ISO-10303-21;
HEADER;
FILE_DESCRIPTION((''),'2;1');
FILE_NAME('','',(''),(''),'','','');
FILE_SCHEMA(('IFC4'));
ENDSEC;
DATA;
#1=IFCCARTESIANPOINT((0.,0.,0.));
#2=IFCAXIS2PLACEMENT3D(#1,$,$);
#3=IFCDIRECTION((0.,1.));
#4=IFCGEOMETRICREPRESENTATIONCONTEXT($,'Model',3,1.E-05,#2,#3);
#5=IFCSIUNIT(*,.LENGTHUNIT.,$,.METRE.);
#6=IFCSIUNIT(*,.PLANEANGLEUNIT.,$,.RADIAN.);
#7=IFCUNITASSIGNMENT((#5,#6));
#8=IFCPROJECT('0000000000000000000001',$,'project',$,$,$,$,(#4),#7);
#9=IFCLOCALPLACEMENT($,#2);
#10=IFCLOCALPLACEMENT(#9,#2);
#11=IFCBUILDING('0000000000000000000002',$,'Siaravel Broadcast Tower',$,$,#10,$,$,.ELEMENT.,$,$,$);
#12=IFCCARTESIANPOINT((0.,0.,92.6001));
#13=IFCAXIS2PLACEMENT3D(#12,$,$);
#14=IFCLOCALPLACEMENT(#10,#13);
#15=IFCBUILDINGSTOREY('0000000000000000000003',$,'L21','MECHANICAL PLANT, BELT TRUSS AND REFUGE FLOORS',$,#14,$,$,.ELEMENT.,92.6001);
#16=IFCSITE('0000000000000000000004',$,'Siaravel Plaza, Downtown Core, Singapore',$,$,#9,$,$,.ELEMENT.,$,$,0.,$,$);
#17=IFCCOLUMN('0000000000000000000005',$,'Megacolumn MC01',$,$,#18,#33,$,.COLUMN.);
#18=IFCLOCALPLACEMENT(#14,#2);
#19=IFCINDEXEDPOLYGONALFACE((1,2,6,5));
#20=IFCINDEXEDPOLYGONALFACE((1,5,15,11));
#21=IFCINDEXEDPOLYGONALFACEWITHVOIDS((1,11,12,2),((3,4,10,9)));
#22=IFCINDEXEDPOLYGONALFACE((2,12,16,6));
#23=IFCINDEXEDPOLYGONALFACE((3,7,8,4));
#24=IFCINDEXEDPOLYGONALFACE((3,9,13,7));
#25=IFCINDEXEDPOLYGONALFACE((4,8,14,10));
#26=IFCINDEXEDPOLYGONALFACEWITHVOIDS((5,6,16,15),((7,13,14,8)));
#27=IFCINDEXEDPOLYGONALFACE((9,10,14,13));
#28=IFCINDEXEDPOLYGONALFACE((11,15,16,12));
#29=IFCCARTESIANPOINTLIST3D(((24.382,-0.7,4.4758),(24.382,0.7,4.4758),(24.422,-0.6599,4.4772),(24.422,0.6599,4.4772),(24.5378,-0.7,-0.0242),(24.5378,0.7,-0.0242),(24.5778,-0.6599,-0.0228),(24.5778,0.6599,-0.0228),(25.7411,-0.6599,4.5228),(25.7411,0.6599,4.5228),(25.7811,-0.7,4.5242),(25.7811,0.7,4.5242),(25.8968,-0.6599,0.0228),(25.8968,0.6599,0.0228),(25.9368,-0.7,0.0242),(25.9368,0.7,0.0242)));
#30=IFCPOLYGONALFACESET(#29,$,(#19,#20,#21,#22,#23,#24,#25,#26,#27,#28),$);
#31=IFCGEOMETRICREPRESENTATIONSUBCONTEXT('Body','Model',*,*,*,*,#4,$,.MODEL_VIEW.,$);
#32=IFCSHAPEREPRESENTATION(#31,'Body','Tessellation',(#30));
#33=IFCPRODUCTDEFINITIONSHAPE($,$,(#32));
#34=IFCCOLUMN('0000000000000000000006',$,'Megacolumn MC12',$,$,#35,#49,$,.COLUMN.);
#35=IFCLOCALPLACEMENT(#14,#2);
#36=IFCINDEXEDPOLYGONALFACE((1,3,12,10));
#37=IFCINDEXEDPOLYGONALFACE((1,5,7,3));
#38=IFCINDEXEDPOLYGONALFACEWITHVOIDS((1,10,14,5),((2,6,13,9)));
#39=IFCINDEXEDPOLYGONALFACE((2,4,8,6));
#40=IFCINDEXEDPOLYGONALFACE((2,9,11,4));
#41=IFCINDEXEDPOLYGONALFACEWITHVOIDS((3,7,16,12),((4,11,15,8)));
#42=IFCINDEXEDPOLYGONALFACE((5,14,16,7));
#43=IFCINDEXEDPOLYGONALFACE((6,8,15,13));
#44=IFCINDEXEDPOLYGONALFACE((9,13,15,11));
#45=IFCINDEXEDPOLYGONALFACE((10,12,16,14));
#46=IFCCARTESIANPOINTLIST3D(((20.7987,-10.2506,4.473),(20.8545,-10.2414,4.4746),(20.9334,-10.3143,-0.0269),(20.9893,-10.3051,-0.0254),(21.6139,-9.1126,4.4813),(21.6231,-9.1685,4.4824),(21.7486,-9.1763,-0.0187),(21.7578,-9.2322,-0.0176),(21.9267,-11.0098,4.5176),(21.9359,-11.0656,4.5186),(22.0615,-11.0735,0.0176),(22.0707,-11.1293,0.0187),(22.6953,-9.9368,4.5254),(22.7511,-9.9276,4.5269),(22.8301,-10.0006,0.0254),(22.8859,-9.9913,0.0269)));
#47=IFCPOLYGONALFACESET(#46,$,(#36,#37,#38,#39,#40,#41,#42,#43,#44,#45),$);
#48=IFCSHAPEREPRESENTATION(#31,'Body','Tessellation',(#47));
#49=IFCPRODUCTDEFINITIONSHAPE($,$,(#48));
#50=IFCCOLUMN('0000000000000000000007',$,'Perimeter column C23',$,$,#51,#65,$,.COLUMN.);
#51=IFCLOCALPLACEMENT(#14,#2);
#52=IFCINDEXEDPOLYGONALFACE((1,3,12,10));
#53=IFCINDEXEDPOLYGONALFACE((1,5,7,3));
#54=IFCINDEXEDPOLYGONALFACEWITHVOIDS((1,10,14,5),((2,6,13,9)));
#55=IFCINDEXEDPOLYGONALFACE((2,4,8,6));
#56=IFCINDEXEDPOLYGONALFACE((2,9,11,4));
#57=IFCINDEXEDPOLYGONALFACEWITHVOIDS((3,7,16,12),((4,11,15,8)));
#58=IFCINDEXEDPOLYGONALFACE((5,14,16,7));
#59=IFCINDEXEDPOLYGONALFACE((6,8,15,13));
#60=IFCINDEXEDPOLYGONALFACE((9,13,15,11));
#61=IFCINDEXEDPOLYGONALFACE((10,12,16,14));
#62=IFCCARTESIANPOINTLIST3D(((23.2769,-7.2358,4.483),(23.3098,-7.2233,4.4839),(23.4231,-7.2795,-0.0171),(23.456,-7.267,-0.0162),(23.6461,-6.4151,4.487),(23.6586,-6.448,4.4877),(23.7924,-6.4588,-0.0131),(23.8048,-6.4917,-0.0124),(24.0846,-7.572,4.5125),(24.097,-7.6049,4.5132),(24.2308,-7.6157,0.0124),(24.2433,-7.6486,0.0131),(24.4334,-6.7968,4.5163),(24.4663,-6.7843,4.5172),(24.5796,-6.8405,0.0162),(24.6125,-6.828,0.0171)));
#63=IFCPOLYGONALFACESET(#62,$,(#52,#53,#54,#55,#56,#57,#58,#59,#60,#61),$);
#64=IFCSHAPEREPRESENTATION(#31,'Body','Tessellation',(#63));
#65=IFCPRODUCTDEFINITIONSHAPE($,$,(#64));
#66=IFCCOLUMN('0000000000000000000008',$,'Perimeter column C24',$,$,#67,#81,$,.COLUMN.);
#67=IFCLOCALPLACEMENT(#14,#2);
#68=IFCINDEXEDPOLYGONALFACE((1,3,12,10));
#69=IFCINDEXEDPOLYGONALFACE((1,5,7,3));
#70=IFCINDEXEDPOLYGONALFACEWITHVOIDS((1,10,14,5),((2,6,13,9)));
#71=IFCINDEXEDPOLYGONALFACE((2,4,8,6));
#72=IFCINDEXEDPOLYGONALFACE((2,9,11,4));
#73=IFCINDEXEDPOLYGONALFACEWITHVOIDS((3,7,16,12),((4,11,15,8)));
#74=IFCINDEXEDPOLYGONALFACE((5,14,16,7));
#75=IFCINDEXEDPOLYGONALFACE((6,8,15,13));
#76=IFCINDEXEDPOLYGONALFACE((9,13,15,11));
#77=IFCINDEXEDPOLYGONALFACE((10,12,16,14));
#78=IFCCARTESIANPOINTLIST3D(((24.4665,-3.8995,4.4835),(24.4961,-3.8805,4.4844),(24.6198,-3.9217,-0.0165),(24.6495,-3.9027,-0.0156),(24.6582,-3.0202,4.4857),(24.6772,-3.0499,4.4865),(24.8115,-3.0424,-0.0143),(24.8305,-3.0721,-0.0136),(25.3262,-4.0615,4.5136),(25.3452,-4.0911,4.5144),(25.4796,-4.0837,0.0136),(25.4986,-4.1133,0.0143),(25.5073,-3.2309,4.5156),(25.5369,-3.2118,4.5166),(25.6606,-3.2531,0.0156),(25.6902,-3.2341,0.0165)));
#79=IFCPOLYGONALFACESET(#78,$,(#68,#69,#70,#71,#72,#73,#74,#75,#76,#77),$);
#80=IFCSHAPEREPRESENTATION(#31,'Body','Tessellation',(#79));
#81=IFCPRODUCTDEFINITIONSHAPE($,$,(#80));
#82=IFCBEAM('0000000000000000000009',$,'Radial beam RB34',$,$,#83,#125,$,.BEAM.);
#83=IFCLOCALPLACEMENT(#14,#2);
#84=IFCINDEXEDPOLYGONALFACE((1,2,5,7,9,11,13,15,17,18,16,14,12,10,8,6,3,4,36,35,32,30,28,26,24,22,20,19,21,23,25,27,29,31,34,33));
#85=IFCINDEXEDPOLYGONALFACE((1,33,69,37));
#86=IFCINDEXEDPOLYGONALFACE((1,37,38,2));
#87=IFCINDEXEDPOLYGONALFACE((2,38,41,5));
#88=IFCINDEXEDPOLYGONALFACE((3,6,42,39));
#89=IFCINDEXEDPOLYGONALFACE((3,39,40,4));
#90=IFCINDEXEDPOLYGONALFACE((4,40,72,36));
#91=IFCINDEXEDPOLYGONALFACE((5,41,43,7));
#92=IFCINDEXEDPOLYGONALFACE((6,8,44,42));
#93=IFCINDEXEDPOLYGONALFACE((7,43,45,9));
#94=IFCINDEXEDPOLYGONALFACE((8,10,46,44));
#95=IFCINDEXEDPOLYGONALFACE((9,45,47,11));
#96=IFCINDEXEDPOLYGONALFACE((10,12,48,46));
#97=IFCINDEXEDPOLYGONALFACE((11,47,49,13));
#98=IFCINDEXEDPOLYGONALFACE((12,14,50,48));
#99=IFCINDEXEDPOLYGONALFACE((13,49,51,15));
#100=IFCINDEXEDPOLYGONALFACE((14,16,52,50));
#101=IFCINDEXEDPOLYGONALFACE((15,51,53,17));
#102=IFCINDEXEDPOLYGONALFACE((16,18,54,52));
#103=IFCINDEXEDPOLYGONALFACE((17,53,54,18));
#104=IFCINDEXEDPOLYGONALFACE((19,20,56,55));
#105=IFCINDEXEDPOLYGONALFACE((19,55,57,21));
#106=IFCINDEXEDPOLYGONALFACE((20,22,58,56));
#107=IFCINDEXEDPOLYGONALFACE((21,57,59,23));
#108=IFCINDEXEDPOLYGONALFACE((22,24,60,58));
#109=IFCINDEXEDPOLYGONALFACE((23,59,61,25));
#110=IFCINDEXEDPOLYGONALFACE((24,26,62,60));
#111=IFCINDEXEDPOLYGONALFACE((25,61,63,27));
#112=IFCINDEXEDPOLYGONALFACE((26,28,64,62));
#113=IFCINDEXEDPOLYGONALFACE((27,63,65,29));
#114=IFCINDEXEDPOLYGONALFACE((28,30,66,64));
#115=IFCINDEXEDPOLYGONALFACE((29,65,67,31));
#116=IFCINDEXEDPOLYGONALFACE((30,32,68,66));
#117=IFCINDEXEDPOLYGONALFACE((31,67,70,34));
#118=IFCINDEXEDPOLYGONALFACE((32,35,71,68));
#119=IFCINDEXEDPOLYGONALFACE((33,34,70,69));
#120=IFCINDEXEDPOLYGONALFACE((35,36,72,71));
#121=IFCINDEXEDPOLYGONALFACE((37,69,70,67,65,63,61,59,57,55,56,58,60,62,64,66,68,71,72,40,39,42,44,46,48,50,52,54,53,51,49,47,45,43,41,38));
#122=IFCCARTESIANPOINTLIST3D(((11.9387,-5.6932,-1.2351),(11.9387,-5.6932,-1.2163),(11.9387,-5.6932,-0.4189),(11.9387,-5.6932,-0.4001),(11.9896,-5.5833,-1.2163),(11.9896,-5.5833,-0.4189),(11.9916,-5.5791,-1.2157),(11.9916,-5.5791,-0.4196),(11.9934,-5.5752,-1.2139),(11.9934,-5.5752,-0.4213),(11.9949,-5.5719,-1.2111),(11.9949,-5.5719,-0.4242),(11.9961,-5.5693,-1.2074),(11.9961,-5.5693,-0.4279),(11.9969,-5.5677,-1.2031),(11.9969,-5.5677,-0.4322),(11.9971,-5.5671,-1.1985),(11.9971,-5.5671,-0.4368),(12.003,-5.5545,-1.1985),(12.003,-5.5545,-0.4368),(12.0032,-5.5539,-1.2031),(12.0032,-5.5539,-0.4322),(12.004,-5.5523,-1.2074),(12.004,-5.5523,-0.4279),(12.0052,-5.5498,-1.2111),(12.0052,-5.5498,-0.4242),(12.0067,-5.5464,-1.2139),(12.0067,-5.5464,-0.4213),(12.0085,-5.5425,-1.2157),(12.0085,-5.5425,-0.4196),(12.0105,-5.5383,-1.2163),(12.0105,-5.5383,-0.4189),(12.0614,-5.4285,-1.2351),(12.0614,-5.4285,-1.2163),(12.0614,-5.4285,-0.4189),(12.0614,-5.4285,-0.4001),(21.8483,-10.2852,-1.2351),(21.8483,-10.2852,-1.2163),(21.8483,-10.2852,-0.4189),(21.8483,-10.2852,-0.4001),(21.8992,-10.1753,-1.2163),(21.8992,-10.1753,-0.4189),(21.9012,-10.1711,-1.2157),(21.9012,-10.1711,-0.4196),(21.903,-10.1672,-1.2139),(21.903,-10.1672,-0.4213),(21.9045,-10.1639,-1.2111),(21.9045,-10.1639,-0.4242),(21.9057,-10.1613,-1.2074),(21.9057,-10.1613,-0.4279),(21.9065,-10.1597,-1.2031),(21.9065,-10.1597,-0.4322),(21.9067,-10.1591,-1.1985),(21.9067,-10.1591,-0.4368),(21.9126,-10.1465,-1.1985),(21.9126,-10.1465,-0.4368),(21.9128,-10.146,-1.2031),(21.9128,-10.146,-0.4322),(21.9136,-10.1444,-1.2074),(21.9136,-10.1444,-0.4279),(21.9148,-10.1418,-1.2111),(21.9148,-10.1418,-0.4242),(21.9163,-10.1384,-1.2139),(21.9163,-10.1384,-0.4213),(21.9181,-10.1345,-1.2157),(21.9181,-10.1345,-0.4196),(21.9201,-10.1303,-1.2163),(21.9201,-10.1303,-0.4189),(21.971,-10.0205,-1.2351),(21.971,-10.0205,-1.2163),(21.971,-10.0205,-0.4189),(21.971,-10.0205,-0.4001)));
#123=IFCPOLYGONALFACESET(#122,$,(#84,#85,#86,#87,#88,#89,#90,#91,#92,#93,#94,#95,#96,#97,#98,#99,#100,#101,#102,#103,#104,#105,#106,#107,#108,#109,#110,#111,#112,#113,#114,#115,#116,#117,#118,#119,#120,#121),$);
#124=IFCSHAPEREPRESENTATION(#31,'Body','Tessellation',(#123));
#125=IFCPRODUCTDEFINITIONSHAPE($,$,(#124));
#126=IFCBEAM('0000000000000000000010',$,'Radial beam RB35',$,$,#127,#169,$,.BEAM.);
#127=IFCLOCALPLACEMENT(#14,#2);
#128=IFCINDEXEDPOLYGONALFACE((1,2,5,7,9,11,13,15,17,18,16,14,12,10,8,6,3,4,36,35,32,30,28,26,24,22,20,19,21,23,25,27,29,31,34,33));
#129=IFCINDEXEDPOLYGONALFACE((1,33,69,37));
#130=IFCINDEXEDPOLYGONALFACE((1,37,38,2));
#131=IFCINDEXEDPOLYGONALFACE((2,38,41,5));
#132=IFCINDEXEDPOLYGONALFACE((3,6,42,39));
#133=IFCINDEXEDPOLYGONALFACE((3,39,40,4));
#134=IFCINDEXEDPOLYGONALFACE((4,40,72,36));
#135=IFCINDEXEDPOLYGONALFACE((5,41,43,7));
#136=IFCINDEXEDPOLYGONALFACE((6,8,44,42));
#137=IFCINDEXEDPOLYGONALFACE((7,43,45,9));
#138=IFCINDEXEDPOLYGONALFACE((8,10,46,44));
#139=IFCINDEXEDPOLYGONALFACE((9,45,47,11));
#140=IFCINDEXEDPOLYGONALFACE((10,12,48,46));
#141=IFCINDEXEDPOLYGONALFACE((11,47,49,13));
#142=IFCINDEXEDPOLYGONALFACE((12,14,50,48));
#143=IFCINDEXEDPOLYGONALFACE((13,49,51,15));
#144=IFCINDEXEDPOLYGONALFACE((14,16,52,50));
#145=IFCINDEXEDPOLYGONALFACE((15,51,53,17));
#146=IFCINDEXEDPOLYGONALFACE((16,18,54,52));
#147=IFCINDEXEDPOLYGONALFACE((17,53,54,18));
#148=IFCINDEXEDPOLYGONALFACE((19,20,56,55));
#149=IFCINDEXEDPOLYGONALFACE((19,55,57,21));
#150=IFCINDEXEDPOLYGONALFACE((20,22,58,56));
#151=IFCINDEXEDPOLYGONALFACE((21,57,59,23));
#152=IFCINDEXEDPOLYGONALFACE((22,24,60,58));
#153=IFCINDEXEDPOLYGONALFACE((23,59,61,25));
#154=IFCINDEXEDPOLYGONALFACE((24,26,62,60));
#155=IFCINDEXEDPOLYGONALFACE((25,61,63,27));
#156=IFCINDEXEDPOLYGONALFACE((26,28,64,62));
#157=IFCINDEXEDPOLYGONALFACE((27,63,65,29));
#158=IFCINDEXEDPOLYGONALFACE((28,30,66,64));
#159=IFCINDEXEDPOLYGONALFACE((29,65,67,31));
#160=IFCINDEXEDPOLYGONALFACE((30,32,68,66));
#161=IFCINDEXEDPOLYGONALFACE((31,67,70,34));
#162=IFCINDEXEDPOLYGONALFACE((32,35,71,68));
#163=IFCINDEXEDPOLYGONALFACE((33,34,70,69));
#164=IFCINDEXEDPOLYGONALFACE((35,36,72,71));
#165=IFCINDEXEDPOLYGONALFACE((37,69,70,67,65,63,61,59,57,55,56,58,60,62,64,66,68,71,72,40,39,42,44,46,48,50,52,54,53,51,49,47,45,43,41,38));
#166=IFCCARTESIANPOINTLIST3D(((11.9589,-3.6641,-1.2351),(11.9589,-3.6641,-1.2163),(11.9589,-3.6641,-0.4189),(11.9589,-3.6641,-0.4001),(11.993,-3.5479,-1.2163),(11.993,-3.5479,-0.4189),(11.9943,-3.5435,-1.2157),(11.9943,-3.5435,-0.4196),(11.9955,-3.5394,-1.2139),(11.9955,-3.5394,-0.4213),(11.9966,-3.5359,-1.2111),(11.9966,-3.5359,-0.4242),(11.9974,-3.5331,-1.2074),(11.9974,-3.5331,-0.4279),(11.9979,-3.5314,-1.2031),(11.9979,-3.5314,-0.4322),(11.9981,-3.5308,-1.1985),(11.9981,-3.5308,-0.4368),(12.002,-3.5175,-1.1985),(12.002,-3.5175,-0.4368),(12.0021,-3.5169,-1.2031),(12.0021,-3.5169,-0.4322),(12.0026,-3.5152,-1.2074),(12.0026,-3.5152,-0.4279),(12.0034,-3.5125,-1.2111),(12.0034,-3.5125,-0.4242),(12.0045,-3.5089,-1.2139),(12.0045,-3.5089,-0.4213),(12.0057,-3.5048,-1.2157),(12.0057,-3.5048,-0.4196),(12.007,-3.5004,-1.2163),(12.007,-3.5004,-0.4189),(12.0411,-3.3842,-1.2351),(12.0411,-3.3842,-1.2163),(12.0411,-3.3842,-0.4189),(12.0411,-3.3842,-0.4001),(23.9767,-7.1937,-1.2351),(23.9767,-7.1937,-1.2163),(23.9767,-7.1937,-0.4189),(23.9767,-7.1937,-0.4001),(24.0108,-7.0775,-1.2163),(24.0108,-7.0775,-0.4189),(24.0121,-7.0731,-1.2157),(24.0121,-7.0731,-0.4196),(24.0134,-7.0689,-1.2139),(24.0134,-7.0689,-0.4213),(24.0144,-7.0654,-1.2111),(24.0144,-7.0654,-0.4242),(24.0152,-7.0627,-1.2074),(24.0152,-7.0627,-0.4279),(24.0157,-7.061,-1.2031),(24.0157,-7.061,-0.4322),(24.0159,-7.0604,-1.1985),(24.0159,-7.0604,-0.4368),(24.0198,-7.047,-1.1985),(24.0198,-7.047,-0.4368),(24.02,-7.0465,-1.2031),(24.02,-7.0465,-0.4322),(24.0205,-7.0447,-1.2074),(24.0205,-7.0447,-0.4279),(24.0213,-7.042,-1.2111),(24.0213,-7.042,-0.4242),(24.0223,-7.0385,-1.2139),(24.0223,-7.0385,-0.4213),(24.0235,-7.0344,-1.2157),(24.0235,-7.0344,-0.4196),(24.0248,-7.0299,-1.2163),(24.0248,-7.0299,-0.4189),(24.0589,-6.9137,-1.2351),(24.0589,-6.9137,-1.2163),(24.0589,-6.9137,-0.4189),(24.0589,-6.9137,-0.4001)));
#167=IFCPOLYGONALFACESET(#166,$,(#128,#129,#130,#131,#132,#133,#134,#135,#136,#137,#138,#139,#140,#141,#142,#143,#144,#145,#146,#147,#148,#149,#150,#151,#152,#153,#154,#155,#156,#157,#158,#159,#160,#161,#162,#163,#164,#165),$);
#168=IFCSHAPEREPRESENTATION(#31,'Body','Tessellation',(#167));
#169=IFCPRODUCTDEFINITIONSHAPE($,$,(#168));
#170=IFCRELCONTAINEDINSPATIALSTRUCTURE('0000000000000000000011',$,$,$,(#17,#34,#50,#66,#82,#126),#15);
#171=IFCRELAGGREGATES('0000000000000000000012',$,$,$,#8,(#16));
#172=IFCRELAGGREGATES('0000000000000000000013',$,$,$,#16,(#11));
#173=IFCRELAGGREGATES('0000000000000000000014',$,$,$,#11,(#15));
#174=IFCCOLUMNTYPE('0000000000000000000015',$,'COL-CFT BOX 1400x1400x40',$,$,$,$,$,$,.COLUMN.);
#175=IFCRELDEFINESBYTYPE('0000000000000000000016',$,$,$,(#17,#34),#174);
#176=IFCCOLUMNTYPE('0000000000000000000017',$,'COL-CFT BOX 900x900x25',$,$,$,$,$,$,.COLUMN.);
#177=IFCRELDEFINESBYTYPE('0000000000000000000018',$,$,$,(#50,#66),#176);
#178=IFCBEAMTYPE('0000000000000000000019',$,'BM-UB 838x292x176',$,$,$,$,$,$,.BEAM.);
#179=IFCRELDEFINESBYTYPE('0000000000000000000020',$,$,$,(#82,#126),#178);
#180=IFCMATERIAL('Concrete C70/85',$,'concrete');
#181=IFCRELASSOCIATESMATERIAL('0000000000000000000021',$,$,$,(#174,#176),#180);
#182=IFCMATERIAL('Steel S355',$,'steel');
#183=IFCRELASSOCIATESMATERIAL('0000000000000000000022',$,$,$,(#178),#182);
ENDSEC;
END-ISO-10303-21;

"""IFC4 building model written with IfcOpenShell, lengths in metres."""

from ifc_helpers import new_model, si_unit, direction, frame, origin, origin_2d, place, context, subcontext, project, spatial, hollow_rectangle, i_section, extrude, material, material_profile, profile_set, type_object, element, save


model = new_model("IFC4")

# Units and contexts
model_context = context("Model", 3, precision=1e-05, world=origin(), true_north=direction((0.0, 1.0)))
body_context = subcontext(model_context, "Body", "Model", "MODEL_VIEW")
ifc_project = project(units=[si_unit("LENGTHUNIT", "METRE"), si_unit("PLANEANGLEUNIT", "RADIAN")], contexts=[model_context])

# Site, building, storey
site_placement = place(None, origin())
site = spatial("IfcSite", under=ifc_project, at=site_placement, Name="Siaravel Plaza, Downtown Core, Singapore", CompositionType="ELEMENT", RefElevation=0.0)
building_placement = place(site_placement, origin())
building = spatial("IfcBuilding", under=site, at=building_placement, Name="Siaravel Broadcast Tower", CompositionType="ELEMENT")
storey_placement = place(building_placement, frame((0.0, 0.0, 92.6001)))
storey = spatial("IfcBuildingStorey", under=building, at=storey_placement, Name="L21", Description="MECHANICAL PLANT, BELT TRUSS AND REFUGE FLOORS", CompositionType="ELEMENT", Elevation=92.6001)

# Columns
ifc_material_1 = material(Name="Concrete C70/85", Category="concrete")
ifc_material_profile_1 = material_profile(ifc_material_1, hollow_rectangle(XDim=1.3999, YDim=1.3999, WallThickness=0.04, at=origin_2d()))
ifc_profile_set_1 = profile_set([ifc_material_profile_1], Name="Concrete C70/85")
column_type_1 = type_object("IfcColumnType", Name="COL-CFT BOX 1400x1400x40", PredefinedType="COLUMN", material=ifc_profile_set_1)
column_1_placement = place(storey_placement, frame((25.2373, 0.0, 0.0), z_axis=(-0.034593, 0.0, 0.999401), x_axis=(0.0, -1.0, 0.0)))
element("IfcColumn", 1, at=column_1_placement, inside=storey, type_object=column_type_1, Name="Megacolumn MC01", PredefinedType="COLUMN", context=body_context, shape_type="SweptSolid", body=[
    extrude(hollow_rectangle(XDim=1.3999, YDim=1.3999, WallThickness=0.04, at=origin_2d()), origin(), (0.0, 0.0, 1.0), 4.5027),
])
column_2_placement = place(storey_placement, frame((21.9097, -10.1528, 0.0), z_axis=(-0.029931, 0.014152, 0.999452), x_axis=(-0.582332, -0.812929, -0.005928)))
element("IfcColumn", 2, at=column_2_placement, inside=storey, type_object=column_type_1, Name="Megacolumn MC12", PredefinedType="COLUMN", context=body_context, shape_type="SweptSolid", body=[
    extrude(hollow_rectangle(XDim=1.3999, YDim=1.3999, WallThickness=0.04, at=origin_2d()), origin(), (0.0, 0.0, 1.0), 4.5024),
])
ifc_material_profile_2 = material_profile(ifc_material_1, hollow_rectangle(XDim=0.8999, YDim=0.8999, WallThickness=0.0249, at=origin_2d()))
ifc_profile_set_2 = profile_set([ifc_material_profile_2], Name="Concrete C70/85")
column_type_2 = type_object("IfcColumnType", Name="COL-CFT BOX 900x900x25", PredefinedType="COLUMN", material=ifc_profile_set_2)
for number, where, z_axis, x_axis, name in (
    (3, (24.0178, -7.0537, 0.0), (-0.032479, 0.009706, 0.999425), (-0.410309, -0.911936, -0.004478), "Perimeter column C23"),
    (4, (25.155, -3.5779, 0.0), (-0.034051, 0.004934, 0.999408), (-0.212972, -0.977055, -0.002432), "Perimeter column C24"),
):
    element("IfcColumn", number, at=place(storey_placement, frame(where, z_axis=z_axis, x_axis=x_axis)), inside=storey, type_object=column_type_2, Name=name, PredefinedType="COLUMN", context=body_context, shape_type="SweptSolid", body=[
        extrude(hollow_rectangle(XDim=0.8999, YDim=0.8999, WallThickness=0.0249, at=origin_2d()), origin(), (0.0, 0.0, 1.0), 4.5027),
    ])

# Beams
ifc_material_2 = material(Name="Steel S355", Category="steel")
ifc_material_profile_3 = material_profile(ifc_material_2, i_section(OverallWidth=0.2917, OverallDepth=0.835, WebThickness=0.0139, FlangeThickness=0.0188, FilletRadius=0.0178, at=origin_2d()))
ifc_profile_set_3 = profile_set([ifc_material_profile_3], Name="Steel S355")
beam_type_1 = type_object("IfcBeamType", Name="BM-UB 838x292x176", PredefinedType="BEAM", material=ifc_profile_set_3)
beam_1_placement = place(storey_placement, frame((21.9097, -10.1528, -0.8176), z_axis=(-0.907319, 0.420443, 0.0), x_axis=(-0.420443, -0.907319, 0.0)))
element("IfcBeam", 5, at=beam_1_placement, inside=storey, type_object=beam_type_1, Name="Radial beam RB34", PredefinedType="BEAM", context=body_context, shape_type="SweptSolid", body=[
    extrude(i_section(OverallWidth=0.2917, OverallDepth=0.835, WebThickness=0.0139, FlangeThickness=0.0188, FilletRadius=0.0178, at=origin_2d()), origin(), (0.0, 0.0, 1.0), 10.9219),
])
beam_2_placement = place(storey_placement, frame((24.0178, -7.0537, -0.8176), z_axis=(-0.959476, 0.281791, 0.0), x_axis=(-0.281791, -0.959476, 0.0)))
element("IfcBeam", 6, at=beam_2_placement, inside=storey, type_object=beam_type_1, Name="Radial beam RB35", PredefinedType="BEAM", context=body_context, shape_type="SweptSolid", body=[
    extrude(i_section(OverallWidth=0.2917, OverallDepth=0.835, WebThickness=0.0139, FlangeThickness=0.0188, FilletRadius=0.0178, at=origin_2d()), origin(), (0.0, 0.0, 1.0), 12.5254),
])

save(model, "model.ifc")
